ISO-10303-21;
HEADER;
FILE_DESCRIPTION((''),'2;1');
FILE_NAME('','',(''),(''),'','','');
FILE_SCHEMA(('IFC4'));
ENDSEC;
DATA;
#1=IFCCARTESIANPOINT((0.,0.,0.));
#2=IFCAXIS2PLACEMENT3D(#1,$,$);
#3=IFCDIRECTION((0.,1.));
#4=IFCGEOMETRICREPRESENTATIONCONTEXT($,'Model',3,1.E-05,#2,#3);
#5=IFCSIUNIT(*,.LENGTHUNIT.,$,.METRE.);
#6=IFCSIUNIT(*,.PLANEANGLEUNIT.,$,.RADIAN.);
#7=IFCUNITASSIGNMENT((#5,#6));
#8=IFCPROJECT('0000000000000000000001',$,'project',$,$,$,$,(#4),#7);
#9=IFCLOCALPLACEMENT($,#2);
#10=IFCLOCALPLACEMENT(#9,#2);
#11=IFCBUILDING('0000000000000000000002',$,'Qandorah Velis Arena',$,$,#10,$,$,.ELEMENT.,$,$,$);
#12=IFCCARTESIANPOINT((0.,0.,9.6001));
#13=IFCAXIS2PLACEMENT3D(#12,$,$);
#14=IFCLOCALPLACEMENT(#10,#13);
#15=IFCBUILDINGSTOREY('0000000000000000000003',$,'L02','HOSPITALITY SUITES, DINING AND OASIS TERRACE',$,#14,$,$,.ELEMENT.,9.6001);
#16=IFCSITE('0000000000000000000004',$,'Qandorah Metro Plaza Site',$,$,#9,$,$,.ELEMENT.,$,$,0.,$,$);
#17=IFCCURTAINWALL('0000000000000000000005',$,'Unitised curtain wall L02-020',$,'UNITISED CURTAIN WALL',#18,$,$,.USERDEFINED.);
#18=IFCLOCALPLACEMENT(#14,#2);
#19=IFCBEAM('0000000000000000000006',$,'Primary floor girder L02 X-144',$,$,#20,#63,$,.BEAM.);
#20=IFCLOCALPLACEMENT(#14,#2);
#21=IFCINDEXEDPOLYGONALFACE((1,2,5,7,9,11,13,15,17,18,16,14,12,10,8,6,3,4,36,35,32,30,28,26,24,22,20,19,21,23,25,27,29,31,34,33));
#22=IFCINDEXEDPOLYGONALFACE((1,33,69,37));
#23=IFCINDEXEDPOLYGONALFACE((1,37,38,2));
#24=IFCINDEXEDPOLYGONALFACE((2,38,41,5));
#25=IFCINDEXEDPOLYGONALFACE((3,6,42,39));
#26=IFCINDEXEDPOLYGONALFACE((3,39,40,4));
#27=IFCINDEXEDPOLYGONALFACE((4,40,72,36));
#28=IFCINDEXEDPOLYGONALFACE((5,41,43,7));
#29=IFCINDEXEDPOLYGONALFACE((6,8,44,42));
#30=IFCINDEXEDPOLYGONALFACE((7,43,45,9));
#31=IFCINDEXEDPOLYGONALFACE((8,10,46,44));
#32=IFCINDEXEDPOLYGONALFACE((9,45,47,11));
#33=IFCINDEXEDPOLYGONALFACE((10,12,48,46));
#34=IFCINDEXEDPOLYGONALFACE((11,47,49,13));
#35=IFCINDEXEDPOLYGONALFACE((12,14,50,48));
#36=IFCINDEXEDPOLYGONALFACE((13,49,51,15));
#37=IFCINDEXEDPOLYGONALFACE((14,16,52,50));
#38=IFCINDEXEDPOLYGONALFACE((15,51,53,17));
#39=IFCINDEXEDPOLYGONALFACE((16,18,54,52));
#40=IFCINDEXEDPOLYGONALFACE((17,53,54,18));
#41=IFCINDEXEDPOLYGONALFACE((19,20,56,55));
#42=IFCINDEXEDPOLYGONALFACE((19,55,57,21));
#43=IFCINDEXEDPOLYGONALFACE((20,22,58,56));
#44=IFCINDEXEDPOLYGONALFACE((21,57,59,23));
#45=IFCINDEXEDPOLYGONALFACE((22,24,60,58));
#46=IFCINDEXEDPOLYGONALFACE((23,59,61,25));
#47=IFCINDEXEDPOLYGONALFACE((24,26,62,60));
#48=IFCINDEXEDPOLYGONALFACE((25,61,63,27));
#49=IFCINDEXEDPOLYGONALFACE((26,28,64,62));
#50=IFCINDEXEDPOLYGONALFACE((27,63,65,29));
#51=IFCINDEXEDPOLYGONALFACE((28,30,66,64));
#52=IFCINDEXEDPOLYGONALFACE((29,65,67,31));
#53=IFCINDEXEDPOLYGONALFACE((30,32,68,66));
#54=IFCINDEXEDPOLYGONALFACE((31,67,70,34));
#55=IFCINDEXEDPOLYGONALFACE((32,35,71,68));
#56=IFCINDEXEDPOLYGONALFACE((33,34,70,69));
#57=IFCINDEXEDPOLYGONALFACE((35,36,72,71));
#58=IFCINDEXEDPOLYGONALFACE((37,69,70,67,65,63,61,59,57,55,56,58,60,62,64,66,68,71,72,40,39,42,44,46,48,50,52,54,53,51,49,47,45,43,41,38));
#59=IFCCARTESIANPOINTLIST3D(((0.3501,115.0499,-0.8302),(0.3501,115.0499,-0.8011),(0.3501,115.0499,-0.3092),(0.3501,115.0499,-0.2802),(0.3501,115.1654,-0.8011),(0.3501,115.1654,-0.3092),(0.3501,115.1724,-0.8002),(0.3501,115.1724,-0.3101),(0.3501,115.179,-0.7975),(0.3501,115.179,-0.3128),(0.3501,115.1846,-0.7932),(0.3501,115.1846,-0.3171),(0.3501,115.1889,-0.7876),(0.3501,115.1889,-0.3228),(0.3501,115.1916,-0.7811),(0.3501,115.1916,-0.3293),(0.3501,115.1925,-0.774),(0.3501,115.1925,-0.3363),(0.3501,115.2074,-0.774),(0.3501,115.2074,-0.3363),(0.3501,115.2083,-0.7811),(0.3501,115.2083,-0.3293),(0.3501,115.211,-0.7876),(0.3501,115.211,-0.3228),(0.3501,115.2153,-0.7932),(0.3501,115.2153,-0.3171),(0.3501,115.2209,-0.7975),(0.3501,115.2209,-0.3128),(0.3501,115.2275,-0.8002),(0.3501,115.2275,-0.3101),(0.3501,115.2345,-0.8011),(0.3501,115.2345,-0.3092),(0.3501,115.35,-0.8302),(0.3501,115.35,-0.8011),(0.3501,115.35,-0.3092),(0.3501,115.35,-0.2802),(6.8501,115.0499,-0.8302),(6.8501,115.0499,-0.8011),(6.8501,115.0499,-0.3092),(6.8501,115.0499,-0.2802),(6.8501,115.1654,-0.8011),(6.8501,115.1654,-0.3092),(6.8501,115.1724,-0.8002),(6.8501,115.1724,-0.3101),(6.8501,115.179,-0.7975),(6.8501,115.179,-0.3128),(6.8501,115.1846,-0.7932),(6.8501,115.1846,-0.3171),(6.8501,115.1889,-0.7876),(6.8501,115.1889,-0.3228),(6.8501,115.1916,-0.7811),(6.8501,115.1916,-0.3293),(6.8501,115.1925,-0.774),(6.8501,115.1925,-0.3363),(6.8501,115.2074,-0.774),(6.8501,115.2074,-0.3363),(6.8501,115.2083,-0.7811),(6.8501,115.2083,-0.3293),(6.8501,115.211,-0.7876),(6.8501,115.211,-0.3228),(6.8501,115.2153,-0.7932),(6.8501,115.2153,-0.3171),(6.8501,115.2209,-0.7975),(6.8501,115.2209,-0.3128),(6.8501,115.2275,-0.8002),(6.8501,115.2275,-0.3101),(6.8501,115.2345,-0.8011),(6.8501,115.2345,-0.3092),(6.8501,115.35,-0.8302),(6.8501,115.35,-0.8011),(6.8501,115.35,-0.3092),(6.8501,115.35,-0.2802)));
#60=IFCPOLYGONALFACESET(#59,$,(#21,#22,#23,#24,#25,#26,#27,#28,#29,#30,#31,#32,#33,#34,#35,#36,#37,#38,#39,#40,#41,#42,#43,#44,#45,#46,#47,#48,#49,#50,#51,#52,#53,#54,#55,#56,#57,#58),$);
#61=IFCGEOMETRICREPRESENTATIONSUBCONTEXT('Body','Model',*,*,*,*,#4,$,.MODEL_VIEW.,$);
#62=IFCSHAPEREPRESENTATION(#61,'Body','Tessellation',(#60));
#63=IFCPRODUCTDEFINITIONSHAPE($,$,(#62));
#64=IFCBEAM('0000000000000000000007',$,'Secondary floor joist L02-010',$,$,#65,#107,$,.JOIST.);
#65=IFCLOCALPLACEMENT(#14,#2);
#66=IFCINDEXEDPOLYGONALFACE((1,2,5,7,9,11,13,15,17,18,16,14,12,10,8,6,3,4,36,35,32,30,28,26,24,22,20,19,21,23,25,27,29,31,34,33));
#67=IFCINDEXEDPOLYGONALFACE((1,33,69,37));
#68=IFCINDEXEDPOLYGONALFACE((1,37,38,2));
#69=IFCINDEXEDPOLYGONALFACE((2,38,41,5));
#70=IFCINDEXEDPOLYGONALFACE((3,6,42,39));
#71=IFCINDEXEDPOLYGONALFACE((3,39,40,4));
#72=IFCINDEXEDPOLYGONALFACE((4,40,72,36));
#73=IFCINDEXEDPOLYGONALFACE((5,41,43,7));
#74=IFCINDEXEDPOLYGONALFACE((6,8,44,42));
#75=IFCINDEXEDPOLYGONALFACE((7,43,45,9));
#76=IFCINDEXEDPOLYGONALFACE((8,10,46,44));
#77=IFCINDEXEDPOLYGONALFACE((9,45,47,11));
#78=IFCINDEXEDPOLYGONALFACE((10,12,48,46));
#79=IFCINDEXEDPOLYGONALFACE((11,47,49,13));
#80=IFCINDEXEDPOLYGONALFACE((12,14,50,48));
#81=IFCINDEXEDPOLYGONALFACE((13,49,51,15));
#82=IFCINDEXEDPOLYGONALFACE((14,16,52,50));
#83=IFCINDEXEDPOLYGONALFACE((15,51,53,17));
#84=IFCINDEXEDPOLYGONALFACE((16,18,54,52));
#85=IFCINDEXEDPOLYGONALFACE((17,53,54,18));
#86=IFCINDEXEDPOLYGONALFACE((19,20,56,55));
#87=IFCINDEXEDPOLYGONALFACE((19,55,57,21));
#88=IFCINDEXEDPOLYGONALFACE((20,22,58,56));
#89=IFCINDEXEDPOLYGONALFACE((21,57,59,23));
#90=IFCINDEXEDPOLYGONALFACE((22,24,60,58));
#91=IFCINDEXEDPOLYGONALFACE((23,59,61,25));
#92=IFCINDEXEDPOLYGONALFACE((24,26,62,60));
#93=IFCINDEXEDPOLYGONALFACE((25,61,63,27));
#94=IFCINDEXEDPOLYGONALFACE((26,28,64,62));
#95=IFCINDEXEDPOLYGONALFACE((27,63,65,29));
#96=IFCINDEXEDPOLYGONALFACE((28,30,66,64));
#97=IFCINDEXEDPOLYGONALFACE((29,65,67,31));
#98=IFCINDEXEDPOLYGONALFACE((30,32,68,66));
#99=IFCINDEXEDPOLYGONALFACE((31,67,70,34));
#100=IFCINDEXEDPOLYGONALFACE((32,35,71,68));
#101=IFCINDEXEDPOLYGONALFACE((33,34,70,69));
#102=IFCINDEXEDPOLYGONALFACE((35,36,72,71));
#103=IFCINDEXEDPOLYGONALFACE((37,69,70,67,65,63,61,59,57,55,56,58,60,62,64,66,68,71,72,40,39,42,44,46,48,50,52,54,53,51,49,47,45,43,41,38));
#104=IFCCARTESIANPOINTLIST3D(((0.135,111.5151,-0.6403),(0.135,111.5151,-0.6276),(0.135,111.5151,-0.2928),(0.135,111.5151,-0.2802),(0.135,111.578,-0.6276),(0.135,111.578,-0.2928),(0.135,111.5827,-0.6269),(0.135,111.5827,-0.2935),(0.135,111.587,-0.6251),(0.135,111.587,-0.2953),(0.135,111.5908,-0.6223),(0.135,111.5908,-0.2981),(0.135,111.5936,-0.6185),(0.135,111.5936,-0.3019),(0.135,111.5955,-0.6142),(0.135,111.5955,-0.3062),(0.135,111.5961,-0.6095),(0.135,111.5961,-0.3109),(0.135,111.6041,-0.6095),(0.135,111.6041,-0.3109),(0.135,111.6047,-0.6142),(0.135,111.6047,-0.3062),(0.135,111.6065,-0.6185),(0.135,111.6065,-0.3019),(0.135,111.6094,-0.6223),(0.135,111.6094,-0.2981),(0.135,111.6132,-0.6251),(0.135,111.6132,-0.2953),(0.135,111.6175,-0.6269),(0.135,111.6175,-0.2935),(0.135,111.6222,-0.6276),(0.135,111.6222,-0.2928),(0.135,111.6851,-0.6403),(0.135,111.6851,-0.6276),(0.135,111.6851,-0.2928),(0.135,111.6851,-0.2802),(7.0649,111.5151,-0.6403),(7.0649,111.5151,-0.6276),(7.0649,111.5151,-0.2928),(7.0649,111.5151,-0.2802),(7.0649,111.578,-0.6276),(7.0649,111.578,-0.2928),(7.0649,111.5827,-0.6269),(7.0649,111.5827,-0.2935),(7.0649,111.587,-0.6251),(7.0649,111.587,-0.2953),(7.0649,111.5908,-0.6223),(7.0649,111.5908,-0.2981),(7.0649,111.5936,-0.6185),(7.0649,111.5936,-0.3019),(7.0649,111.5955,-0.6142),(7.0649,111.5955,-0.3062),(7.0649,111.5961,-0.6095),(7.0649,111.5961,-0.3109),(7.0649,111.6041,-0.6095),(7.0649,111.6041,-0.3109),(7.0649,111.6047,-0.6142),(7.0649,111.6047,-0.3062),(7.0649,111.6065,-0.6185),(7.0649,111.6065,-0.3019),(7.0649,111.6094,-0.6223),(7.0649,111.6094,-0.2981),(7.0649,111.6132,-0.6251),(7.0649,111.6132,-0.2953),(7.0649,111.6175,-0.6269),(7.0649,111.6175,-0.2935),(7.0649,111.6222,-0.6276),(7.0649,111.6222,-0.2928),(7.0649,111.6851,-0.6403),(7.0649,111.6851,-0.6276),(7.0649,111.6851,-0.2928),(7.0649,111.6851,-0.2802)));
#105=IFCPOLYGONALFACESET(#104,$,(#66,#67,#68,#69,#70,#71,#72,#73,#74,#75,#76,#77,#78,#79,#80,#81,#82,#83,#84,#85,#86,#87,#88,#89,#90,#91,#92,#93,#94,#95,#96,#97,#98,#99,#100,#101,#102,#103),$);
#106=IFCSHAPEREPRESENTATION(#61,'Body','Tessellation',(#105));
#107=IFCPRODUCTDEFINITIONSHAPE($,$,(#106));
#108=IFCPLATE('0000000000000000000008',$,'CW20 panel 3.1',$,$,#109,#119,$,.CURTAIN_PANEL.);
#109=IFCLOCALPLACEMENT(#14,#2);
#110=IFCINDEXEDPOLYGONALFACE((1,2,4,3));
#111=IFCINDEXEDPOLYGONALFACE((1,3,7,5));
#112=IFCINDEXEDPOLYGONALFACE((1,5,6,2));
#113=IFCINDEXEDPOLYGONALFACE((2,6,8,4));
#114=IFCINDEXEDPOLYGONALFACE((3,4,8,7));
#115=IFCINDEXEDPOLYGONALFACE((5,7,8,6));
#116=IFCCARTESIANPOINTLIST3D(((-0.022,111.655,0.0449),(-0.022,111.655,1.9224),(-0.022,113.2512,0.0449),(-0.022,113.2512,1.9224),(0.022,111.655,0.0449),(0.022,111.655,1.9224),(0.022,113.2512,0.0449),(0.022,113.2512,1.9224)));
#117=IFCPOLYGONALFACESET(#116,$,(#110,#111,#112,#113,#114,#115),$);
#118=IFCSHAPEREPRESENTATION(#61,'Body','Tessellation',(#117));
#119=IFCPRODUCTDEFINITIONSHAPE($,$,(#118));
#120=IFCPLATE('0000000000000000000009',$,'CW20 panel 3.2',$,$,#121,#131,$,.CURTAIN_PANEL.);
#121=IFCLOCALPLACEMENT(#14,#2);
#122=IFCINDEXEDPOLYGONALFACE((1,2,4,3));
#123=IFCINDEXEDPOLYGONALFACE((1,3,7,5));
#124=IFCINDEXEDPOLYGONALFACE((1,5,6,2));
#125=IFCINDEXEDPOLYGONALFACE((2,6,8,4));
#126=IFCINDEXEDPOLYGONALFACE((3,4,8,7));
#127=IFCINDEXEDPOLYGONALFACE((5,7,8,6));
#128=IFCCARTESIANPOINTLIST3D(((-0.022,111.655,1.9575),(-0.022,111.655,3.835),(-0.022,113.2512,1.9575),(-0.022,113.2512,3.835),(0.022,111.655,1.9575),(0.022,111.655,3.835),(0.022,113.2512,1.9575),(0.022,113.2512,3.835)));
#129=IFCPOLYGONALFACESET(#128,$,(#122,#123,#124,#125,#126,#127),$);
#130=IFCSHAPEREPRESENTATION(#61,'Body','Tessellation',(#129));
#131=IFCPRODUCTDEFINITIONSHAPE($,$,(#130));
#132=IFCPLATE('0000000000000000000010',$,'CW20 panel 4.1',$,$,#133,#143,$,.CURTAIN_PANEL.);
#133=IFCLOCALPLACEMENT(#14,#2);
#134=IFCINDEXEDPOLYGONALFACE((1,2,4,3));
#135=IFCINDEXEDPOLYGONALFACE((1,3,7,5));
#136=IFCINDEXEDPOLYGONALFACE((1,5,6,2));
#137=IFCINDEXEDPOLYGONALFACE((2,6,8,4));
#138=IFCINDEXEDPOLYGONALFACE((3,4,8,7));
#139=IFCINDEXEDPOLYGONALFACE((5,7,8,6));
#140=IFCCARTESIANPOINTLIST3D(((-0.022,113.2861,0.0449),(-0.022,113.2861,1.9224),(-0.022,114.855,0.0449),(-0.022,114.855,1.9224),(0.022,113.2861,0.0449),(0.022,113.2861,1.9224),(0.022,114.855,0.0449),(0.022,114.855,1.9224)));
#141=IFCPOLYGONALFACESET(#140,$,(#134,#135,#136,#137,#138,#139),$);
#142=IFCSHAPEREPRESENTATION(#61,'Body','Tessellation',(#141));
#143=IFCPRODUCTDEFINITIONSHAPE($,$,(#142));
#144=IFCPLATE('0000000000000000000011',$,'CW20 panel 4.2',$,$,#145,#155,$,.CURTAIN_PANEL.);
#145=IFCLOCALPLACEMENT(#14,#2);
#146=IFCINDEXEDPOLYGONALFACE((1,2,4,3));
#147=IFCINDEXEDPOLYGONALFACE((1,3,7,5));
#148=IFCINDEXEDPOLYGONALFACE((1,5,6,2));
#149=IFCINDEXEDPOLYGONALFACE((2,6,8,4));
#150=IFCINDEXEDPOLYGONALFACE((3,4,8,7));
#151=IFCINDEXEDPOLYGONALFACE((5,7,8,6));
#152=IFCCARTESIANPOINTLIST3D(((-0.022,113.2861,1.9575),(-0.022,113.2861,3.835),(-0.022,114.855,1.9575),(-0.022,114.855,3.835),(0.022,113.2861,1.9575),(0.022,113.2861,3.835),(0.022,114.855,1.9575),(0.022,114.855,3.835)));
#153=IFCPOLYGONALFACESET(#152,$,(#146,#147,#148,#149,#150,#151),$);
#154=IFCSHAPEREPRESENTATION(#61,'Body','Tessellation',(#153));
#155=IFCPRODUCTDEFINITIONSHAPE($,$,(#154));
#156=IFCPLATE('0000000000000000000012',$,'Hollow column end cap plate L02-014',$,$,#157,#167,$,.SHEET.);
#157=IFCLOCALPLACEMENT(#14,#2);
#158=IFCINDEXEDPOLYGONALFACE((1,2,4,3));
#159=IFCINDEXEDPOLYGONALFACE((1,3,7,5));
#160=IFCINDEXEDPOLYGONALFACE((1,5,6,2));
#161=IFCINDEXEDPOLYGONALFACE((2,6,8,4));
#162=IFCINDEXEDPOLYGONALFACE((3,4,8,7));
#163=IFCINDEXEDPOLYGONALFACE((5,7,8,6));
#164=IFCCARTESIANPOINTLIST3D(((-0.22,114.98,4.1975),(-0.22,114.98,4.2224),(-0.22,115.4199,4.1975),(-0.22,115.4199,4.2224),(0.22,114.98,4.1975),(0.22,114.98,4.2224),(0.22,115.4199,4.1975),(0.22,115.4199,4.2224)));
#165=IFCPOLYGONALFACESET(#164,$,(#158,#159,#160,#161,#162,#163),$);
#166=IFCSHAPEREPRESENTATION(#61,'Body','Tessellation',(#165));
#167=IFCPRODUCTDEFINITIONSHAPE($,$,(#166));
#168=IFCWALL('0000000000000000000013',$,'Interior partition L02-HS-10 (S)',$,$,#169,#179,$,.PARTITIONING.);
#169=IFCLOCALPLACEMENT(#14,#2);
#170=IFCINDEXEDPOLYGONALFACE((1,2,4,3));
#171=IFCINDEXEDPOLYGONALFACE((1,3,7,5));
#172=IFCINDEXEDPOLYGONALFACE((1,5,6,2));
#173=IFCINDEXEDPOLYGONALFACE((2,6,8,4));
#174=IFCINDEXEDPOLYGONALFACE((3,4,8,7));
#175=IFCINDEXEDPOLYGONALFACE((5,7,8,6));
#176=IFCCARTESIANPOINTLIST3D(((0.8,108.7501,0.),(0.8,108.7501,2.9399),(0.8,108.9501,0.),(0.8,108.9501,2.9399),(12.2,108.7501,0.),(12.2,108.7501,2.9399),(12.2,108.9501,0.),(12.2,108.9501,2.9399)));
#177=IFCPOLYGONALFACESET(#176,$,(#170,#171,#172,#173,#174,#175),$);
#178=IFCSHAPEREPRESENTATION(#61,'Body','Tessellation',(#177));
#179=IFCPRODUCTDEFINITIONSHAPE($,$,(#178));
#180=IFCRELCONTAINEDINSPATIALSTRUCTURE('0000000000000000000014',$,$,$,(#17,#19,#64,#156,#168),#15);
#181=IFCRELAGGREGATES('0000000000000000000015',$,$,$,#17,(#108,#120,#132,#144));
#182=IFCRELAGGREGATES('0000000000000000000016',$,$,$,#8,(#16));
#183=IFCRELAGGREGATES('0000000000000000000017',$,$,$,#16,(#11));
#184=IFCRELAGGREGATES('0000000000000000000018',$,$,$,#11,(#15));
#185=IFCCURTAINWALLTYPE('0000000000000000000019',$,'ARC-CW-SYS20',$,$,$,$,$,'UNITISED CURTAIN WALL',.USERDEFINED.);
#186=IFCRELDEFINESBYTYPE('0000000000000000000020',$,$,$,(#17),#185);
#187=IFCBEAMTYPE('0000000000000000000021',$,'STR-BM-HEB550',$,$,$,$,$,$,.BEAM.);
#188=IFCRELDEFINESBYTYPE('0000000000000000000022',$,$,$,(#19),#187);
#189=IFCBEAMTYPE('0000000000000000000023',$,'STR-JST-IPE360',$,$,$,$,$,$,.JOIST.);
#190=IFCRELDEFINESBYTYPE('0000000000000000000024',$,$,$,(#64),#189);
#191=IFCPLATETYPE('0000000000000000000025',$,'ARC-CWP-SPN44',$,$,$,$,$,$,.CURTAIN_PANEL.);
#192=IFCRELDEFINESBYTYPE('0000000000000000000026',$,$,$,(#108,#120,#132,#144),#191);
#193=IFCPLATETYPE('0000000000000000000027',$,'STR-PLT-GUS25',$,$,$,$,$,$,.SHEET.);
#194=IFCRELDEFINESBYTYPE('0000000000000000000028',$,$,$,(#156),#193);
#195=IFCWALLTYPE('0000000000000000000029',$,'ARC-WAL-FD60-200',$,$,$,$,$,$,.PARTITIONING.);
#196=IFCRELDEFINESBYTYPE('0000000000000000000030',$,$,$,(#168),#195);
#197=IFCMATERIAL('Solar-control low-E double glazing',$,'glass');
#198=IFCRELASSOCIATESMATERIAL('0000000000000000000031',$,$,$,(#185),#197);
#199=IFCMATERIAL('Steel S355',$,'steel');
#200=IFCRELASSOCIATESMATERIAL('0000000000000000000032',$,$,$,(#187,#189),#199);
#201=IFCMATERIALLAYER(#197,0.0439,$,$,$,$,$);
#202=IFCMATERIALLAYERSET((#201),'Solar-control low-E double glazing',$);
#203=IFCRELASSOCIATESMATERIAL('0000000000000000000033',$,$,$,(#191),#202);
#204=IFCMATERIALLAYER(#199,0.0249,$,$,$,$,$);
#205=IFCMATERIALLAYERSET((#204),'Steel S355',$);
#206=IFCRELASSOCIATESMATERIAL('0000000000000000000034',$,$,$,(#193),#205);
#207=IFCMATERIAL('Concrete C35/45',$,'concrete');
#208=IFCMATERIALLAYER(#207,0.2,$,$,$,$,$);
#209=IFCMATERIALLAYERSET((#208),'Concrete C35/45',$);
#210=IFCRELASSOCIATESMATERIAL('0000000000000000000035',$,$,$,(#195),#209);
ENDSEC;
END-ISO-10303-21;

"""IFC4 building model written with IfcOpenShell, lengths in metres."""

from ifc_helpers import new_model, si_unit, direction, frame, frame_2d, origin, origin_2d, place, context, subcontext, project, spatial, rectangle, i_section, extrude, material, layer, layer_set, material_profile, profile_set, type_object, element, aggregate, save


model = new_model("IFC4")

# Units and contexts
model_context = context("Model", 3, precision=1e-05, world=origin(), true_north=direction((0.0, 1.0)))
body_context = subcontext(model_context, "Body", "Model", "MODEL_VIEW")
ifc_project = project(units=[si_unit("LENGTHUNIT", "METRE"), si_unit("PLANEANGLEUNIT", "RADIAN")], contexts=[model_context])

# Site, building, storey
site_placement = place(None, origin())
site = spatial("IfcSite", under=ifc_project, at=site_placement, Name="Qandorah Metro Plaza Site", CompositionType="ELEMENT", RefElevation=0.0)
building_placement = place(site_placement, origin())
building = spatial("IfcBuilding", under=site, at=building_placement, Name="Qandorah Velis Arena", CompositionType="ELEMENT")
storey_placement = place(building_placement, frame((0.0, 0.0, 9.6001)))
storey = spatial("IfcBuildingStorey", under=building, at=storey_placement, Name="L02", Description="HOSPITALITY SUITES, DINING AND OASIS TERRACE", CompositionType="ELEMENT", Elevation=9.6001)

# Shared definitions
ifc_material_1 = material(Name="Steel S355", Category="steel")

# Curtain wall
ifc_material_2 = material(Name="Solar-control low-E double glazing", Category="glass")
curtain_wall_type = type_object("IfcCurtainWallType", Name="ARC-CW-SYS20", ElementType="UNITISED CURTAIN WALL", PredefinedType="USERDEFINED", material=ifc_material_2)
curtain_wall_placement = place(storey_placement, origin())
curtain_wall = element("IfcCurtainWall", 1, at=curtain_wall_placement, inside=storey, type_object=curtain_wall_type, Name="Unitised curtain wall L02-020", ObjectType="UNITISED CURTAIN WALL", PredefinedType="USERDEFINED")

# Beams
ifc_material_profile_1 = material_profile(ifc_material_1, i_section(OverallWidth=0.3, OverallDepth=0.55, WebThickness=0.0149, FlangeThickness=0.0291, FilletRadius=0.0271, at=origin_2d()), Name="HEB 550")
ifc_profile_set_1 = profile_set([ifc_material_profile_1], Name="Steel S355")
beam_type_1 = type_object("IfcBeamType", Name="STR-BM-HEB550", PredefinedType="BEAM", material=ifc_profile_set_1)
for number, where, z_axis, x_axis, name in (
    (2, (0.3501, 115.2, -0.5552), (1.0, 0.0, 0.0), (0.0, 1.0, 0.0), "Primary floor girder L02 X-144"),
):
    element("IfcBeam", number, at=place(storey_placement, frame(where, z_axis=z_axis, x_axis=x_axis)), inside=storey, type_object=beam_type_1, Name=name, PredefinedType="BEAM", context=body_context, shape_type="SweptSolid", body=[
        extrude(i_section(OverallWidth=0.3, OverallDepth=0.55, WebThickness=0.0149, FlangeThickness=0.0291, FilletRadius=0.0271, at=origin_2d()), origin(), (0.0, 0.0, 1.0), 6.5),
    ])
ifc_material_profile_2 = material_profile(ifc_material_1, i_section(OverallWidth=0.1699, OverallDepth=0.3601, WebThickness=0.0081, FlangeThickness=0.0127, FilletRadius=0.0181, at=origin_2d()), Name="IPE 360")
ifc_profile_set_2 = profile_set([ifc_material_profile_2], Name="Steel S355")
beam_type_2 = type_object("IfcBeamType", Name="STR-JST-IPE360", PredefinedType="JOIST", material=ifc_profile_set_2)
beam_placement = place(storey_placement, frame((0.135, 111.6001, -0.4602), z_axis=(1.0, 0.0, 0.0), x_axis=(0.0, 1.0, 0.0)))
element("IfcBeam", 3, at=beam_placement, inside=storey, type_object=beam_type_2, Name="Secondary floor joist L02-010", PredefinedType="JOIST", context=body_context, shape_type="SweptSolid", body=[
    extrude(i_section(OverallWidth=0.1699, OverallDepth=0.3601, WebThickness=0.0081, FlangeThickness=0.0127, FilletRadius=0.0181, at=origin_2d()), origin(), (0.0, 0.0, 1.0), 6.9299),
])

# Plates
ifc_layer_1 = layer(ifc_material_2, 0.0439)
ifc_layer_set_1 = layer_set([ifc_layer_1], Name="Solar-control low-E double glazing")
plate_type_1 = type_object("IfcPlateType", Name="ARC-CWP-SPN44", PredefinedType="CURTAIN_PANEL", material=ifc_layer_set_1)
plate_1_placement = place(storey_placement, frame((0.0, 112.4531, 0.0449), z_axis=(0.0, 0.0, 1.0), x_axis=(0.0, 1.0, 0.0)))
plate_1 = element("IfcPlate", 4, at=plate_1_placement, type_object=plate_type_1, Name="CW20 panel 3.1", PredefinedType="CURTAIN_PANEL", context=body_context, shape_type="SweptSolid", body=[
    extrude(rectangle(XDim=1.5962, YDim=0.0439, at=origin_2d()), origin(), (0.0, 0.0, 1.0), 1.8774),
])
plate_2_placement = place(storey_placement, frame((0.0, 112.4531, 1.9575), z_axis=(0.0, 0.0, 1.0), x_axis=(0.0, 1.0, 0.0)))
plate_2 = element("IfcPlate", 5, at=plate_2_placement, type_object=plate_type_1, Name="CW20 panel 3.2", PredefinedType="CURTAIN_PANEL", context=body_context, shape_type="SweptSolid", body=[
    extrude(rectangle(XDim=1.5962, YDim=0.0439, at=origin_2d()), origin(), (0.0, 0.0, 1.0), 1.8774),
])
plate_3_placement = place(storey_placement, frame((0.0, 114.0706, 0.0449), z_axis=(0.0, 0.0, 1.0), x_axis=(0.0, 1.0, 0.0)))
plate_3 = element("IfcPlate", 6, at=plate_3_placement, type_object=plate_type_1, Name="CW20 panel 4.1", PredefinedType="CURTAIN_PANEL", context=body_context, shape_type="SweptSolid", body=[
    extrude(rectangle(XDim=1.5688, YDim=0.0439, at=origin_2d()), origin(), (0.0, 0.0, 1.0), 1.8774),
])
plate_4_placement = place(storey_placement, frame((0.0, 114.0706, 1.9575), z_axis=(0.0, 0.0, 1.0), x_axis=(0.0, 1.0, 0.0)))
plate_4 = element("IfcPlate", 7, at=plate_4_placement, type_object=plate_type_1, Name="CW20 panel 4.2", PredefinedType="CURTAIN_PANEL", context=body_context, shape_type="SweptSolid", body=[
    extrude(rectangle(XDim=1.5688, YDim=0.0439, at=origin_2d()), origin(), (0.0, 0.0, 1.0), 1.8774),
])
aggregate(curtain_wall, [plate_1, plate_2, plate_3, plate_4])
ifc_layer_2 = layer(ifc_material_1, 0.0249)
ifc_layer_set_2 = layer_set([ifc_layer_2], Name="Steel S355")
plate_type_2 = type_object("IfcPlateType", Name="STR-PLT-GUS25", PredefinedType="SHEET", material=ifc_layer_set_2)
plate_5_placement = place(storey_placement, frame((0.0, 115.2, 4.1975), z_axis=(0.0, 0.0, 1.0), x_axis=(1.0, 0.0, 0.0)))
element("IfcPlate", 8, at=plate_5_placement, inside=storey, type_object=plate_type_2, Name="Hollow column end cap plate L02-014", PredefinedType="SHEET", context=body_context, shape_type="SweptSolid", body=[
    extrude(rectangle(XDim=0.4399, YDim=0.4399, at=origin_2d()), origin(), (0.0, 0.0, 1.0), 0.0249),
])

# Wall
ifc_material_3 = material(Name="Concrete C35/45", Category="concrete")
ifc_layer_3 = layer(ifc_material_3, 0.2)
ifc_layer_set_3 = layer_set([ifc_layer_3], Name="Concrete C35/45")
wall_type = type_object("IfcWallType", Name="ARC-WAL-FD60-200", PredefinedType="PARTITIONING", material=ifc_layer_set_3)
wall_placement = place(storey_placement, frame((0.8, 108.8501, 0.0), z_axis=(0.0, 0.0, 1.0), x_axis=(1.0, 0.0, 0.0)))
element("IfcWall", 9, at=wall_placement, inside=storey, type_object=wall_type, Name="Interior partition L02-HS-10 (S)", PredefinedType="PARTITIONING", context=body_context, shape_type="SweptSolid", body=[
    extrude(rectangle(XDim=11.3999, YDim=0.2, at=frame_2d((5.7, 0.0))), origin(), (0.0, 0.0, 1.0), 2.9399),
])

save(model, "model.ifc")
